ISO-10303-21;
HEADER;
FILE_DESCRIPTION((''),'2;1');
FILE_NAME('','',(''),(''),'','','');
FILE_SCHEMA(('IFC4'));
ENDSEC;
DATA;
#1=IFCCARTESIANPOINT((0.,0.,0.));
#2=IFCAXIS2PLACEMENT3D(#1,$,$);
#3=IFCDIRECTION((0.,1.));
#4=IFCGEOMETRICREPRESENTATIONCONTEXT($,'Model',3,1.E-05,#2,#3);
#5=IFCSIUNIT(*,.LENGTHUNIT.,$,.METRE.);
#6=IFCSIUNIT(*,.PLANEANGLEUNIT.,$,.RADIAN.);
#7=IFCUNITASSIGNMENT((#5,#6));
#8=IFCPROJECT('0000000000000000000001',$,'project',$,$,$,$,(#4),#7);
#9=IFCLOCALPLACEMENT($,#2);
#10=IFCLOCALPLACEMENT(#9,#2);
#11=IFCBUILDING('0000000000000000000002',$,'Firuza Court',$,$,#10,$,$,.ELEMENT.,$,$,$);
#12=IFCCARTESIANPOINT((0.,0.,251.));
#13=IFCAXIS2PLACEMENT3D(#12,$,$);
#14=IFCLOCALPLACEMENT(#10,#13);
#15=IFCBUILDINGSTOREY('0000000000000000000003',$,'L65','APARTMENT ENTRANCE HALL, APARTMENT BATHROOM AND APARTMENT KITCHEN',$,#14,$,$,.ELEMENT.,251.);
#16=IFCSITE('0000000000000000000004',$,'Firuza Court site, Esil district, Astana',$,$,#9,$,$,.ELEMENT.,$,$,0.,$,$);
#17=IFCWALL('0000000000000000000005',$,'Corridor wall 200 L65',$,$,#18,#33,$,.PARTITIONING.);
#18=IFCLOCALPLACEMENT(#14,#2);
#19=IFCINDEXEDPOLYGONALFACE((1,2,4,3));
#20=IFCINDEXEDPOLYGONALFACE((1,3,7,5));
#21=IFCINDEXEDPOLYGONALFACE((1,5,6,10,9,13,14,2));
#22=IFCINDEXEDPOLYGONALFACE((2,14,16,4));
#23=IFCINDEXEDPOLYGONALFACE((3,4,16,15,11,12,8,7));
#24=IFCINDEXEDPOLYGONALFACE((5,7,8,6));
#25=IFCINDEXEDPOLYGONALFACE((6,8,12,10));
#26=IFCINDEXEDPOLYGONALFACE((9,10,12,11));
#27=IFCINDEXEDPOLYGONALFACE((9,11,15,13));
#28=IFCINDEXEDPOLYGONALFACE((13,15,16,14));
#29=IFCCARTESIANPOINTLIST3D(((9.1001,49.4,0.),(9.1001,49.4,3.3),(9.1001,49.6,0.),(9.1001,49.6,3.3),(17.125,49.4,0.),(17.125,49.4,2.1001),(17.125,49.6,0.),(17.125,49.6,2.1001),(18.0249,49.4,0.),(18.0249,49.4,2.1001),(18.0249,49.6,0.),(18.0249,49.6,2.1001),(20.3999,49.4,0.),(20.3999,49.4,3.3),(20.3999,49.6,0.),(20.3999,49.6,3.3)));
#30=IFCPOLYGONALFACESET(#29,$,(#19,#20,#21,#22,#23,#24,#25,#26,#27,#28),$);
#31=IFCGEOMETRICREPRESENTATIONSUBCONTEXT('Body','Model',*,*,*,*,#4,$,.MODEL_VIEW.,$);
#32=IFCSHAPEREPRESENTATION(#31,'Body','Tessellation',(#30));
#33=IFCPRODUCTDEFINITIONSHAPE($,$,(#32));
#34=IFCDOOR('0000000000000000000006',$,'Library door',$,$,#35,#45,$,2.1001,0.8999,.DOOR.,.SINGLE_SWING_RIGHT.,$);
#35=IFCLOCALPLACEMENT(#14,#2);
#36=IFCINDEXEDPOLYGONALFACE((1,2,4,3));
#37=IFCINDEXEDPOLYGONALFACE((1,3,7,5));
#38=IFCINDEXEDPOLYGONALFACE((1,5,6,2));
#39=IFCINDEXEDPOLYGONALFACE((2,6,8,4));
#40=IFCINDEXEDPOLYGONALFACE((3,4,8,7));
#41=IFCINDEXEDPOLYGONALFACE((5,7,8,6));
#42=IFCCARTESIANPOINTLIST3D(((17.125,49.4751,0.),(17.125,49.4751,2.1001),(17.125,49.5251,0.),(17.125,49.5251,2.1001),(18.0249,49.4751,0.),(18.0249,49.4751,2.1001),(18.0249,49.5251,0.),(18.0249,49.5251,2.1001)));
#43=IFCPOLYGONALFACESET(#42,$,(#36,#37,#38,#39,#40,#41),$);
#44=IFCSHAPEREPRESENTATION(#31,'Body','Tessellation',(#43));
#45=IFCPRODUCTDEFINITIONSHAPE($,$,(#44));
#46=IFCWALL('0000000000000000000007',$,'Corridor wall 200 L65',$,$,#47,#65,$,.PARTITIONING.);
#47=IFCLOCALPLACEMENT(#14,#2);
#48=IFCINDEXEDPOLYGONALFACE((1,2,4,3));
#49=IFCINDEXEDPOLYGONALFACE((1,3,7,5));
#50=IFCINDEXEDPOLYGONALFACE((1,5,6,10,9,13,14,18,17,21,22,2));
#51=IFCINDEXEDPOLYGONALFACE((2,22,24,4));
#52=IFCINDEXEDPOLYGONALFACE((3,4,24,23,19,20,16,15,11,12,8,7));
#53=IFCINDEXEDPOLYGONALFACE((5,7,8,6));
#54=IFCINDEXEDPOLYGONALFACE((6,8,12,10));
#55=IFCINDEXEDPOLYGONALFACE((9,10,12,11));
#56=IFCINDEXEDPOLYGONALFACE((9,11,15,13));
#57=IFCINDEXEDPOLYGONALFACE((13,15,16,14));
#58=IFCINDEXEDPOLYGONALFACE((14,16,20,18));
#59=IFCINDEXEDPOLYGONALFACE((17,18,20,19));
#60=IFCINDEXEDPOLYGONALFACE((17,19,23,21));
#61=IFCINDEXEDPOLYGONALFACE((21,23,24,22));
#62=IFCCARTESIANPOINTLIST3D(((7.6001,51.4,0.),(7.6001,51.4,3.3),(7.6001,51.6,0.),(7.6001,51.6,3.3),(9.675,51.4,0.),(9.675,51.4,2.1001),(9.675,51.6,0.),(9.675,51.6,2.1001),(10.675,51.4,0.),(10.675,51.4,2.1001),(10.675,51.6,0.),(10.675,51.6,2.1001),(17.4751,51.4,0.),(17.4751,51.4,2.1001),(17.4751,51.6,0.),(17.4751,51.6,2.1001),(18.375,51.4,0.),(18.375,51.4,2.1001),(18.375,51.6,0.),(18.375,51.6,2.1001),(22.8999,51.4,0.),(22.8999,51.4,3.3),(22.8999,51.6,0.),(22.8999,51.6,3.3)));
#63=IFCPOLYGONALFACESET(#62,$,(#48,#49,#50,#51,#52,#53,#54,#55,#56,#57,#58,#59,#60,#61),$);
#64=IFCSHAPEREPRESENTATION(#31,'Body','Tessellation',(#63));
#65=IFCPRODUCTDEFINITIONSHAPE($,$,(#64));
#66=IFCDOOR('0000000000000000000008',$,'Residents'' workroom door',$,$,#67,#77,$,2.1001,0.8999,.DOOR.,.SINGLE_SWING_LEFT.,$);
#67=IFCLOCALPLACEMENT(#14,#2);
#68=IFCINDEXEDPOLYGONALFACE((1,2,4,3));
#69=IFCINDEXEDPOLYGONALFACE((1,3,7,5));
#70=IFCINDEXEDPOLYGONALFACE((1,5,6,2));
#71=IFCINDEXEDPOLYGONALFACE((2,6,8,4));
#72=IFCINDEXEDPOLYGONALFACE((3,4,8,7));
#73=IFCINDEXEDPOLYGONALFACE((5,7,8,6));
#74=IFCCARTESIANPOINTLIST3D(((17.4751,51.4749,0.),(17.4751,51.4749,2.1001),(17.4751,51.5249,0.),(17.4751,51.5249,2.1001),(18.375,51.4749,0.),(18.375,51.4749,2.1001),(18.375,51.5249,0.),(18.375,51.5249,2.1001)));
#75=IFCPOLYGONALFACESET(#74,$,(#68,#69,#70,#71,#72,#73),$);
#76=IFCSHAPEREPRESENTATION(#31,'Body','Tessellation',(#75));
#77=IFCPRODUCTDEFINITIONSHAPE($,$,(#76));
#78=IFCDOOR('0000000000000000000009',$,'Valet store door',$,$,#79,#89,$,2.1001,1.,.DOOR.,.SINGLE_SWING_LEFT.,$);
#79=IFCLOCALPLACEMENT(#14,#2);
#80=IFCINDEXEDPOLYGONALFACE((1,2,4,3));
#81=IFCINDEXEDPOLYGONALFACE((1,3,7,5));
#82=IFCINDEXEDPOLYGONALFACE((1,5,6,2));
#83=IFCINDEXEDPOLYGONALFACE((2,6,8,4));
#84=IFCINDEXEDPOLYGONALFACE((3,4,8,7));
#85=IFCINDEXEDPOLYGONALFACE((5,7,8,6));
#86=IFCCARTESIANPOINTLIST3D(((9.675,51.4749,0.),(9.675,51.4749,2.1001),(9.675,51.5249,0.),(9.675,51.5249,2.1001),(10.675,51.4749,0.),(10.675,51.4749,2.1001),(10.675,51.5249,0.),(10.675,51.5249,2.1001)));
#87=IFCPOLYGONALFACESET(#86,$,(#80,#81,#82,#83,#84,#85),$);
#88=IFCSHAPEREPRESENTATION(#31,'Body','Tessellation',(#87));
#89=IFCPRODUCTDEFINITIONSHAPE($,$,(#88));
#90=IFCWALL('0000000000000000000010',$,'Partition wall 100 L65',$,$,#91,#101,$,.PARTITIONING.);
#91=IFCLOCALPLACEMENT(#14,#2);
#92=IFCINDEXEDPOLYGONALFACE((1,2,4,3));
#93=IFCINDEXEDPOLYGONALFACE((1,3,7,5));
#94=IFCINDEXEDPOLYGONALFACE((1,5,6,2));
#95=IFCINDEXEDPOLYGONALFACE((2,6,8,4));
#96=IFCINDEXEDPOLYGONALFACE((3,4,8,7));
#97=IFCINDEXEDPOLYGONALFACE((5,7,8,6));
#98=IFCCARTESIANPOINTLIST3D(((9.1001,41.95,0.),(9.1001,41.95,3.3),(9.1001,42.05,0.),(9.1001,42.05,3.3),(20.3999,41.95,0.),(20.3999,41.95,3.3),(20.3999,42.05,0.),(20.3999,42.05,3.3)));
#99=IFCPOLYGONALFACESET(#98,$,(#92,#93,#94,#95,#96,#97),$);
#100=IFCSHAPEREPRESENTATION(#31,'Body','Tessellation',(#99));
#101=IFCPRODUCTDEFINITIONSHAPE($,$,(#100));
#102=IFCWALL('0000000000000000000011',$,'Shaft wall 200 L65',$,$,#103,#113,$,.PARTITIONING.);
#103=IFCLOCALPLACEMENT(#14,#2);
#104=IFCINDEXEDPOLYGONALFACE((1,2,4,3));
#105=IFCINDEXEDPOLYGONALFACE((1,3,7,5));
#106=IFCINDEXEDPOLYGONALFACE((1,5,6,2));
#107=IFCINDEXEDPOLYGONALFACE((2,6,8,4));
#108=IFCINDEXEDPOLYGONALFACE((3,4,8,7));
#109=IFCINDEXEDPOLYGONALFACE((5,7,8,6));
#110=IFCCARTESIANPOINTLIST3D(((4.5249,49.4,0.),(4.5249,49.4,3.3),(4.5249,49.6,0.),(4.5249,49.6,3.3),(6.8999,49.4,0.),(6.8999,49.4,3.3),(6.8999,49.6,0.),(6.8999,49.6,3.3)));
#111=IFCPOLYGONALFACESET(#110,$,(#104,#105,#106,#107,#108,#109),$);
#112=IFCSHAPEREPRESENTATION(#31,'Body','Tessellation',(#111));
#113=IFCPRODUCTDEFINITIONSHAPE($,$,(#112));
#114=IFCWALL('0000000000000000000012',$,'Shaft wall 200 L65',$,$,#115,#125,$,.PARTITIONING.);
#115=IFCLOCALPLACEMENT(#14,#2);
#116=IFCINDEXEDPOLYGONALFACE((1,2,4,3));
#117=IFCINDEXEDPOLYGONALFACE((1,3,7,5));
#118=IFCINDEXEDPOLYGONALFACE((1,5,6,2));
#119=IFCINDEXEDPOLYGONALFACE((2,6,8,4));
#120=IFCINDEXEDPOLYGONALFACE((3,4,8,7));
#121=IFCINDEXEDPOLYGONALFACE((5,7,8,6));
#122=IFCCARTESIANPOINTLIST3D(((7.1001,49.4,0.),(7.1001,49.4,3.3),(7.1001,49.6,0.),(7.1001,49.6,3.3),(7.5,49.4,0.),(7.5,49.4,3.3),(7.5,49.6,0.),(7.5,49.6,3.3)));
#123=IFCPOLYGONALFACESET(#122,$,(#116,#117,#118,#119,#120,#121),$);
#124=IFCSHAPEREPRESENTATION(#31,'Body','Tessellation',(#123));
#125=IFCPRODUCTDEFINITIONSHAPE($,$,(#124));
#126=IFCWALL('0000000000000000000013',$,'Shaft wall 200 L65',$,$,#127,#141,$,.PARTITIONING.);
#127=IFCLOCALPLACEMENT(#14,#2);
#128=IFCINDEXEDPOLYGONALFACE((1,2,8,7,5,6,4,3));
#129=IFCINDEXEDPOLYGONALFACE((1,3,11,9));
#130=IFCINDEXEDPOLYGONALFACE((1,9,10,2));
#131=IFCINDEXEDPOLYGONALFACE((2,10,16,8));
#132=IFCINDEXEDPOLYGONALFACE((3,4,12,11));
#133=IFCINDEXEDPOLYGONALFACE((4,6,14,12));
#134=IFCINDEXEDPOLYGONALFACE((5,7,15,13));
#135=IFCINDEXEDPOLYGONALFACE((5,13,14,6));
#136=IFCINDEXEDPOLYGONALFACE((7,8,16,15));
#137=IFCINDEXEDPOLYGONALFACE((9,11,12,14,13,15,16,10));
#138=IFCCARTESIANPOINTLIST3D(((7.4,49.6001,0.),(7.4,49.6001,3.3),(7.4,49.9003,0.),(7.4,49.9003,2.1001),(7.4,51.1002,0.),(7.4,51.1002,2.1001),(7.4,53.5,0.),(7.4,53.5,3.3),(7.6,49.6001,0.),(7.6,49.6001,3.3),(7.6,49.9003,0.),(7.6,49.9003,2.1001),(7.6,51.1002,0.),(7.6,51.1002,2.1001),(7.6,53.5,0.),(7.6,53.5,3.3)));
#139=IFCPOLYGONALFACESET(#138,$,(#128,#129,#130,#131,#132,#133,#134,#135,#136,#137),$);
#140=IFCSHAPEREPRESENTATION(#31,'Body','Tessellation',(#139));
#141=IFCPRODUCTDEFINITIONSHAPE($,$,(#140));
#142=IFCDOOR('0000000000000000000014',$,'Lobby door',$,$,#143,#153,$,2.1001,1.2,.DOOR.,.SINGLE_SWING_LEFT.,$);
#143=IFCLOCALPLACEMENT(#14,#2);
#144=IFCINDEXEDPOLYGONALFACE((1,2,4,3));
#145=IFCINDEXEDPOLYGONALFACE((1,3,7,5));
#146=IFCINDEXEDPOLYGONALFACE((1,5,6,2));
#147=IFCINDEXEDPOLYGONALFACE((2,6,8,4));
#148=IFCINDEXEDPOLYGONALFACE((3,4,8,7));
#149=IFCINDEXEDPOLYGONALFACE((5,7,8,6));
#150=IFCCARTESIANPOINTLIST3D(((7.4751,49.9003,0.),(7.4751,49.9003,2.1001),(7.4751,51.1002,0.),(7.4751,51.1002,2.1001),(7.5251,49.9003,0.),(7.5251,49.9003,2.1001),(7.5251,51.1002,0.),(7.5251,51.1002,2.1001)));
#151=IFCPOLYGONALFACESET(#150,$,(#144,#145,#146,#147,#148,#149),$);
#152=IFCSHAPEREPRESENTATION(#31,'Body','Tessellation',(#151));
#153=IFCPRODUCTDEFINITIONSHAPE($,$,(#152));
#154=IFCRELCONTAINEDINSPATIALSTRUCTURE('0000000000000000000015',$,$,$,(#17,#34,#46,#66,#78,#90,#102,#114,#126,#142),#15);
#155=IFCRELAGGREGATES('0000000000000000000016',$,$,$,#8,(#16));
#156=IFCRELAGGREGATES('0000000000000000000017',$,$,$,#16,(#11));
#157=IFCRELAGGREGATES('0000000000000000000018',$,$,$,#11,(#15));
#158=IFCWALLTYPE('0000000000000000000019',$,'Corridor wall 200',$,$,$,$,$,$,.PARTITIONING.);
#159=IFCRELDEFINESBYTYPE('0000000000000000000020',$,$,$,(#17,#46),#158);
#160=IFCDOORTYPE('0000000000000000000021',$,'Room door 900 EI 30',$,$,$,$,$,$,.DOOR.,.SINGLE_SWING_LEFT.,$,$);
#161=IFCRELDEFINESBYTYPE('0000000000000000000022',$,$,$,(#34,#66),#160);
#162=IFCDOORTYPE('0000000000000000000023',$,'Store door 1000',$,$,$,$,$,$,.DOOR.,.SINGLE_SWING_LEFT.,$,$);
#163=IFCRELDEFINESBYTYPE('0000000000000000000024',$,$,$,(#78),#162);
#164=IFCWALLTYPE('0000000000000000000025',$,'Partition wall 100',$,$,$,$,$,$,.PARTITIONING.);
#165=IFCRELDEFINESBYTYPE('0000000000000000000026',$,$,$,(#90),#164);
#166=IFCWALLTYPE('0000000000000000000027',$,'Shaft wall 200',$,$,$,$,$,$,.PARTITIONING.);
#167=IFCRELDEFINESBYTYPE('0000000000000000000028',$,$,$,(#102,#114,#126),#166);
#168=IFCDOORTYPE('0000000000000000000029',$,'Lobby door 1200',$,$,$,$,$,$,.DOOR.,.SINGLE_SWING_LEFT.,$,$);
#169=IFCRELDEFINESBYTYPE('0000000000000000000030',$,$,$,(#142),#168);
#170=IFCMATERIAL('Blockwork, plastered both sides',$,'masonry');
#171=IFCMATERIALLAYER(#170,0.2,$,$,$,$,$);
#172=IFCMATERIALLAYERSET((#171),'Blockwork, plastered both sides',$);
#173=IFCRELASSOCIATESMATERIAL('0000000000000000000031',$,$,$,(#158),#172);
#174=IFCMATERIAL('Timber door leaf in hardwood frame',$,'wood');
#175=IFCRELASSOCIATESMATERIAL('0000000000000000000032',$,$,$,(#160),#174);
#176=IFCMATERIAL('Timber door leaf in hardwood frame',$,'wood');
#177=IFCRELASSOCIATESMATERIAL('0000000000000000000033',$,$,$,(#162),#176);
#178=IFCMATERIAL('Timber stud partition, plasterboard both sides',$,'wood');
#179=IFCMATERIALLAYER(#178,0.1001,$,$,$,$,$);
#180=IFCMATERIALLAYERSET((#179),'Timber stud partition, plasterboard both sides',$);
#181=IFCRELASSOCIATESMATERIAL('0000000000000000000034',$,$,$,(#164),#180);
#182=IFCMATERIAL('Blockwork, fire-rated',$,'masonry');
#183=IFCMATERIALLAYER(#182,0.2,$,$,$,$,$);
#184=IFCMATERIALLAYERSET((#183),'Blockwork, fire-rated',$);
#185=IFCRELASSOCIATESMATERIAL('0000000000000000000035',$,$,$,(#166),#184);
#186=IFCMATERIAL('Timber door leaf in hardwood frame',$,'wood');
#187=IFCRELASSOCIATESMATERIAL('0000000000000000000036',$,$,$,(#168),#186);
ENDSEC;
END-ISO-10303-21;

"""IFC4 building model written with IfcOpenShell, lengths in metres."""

from ifc_helpers import new_model, si_unit, direction, frame, frame_2d, origin, place, context, subcontext, project, spatial, rectangle, extrude, material, layer, layer_set, type_object, element, fill, save


model = new_model("IFC4")

# Units and contexts
model_context = context("Model", 3, precision=1e-05, world=origin(), true_north=direction((0.0, 1.0)))
body_context = subcontext(model_context, "Body", "Model", "MODEL_VIEW")
ifc_project = project(units=[si_unit("LENGTHUNIT", "METRE"), si_unit("PLANEANGLEUNIT", "RADIAN")], contexts=[model_context])

# Site, building, storey
site_placement = place(None, origin())
site = spatial("IfcSite", under=ifc_project, at=site_placement, Name="Firuza Court site, Esil district, Astana", CompositionType="ELEMENT", RefElevation=0.0)
building_placement = place(site_placement, origin())
building = spatial("IfcBuilding", under=site, at=building_placement, Name="Firuza Court", CompositionType="ELEMENT")
storey_placement = place(building_placement, frame((0.0, 0.0, 251.0)))
storey = spatial("IfcBuildingStorey", under=building, at=storey_placement, Name="L65", Description="APARTMENT ENTRANCE HALL, APARTMENT BATHROOM AND APARTMENT KITCHEN", CompositionType="ELEMENT", Elevation=251.0)

# Wall, opening, door
ifc_material_1 = material(Name="Blockwork, plastered both sides", Category="masonry")
ifc_layer_1 = layer(ifc_material_1, 0.2)
ifc_layer_set_1 = layer_set([ifc_layer_1], Name="Blockwork, plastered both sides")
wall_type_1 = type_object("IfcWallType", Name="Corridor wall 200", PredefinedType="PARTITIONING", material=ifc_layer_set_1)
wall_1_placement = place(storey_placement, frame((9.1001, 49.5, 0.0), z_axis=(0.0, 0.0, 1.0), x_axis=(1.0, 0.0, 0.0)))
wall_1 = element("IfcWall", 1, at=wall_1_placement, inside=storey, type_object=wall_type_1, Name="Corridor wall 200 L65", PredefinedType="PARTITIONING", context=body_context, shape_type="SweptSolid", body=[
    extrude(rectangle(XDim=11.2998, YDim=0.2, at=frame_2d((5.6499, 0.0))), origin(), (0.0, 0.0, 1.0), 3.3),
])
opening_1_placement = place(wall_1_placement, frame((8.0249, 0.0, 0.0)))
opening_1 = element("IfcOpeningElement", 2, at=opening_1_placement, cuts=wall_1, PredefinedType="OPENING", context=body_context, shape_type="SweptSolid", body=[
    extrude(rectangle(XDim=0.8999, YDim=2.1001, at=frame_2d((0.45, 1.05))), frame((0.0, 0.1118, 0.0), z_axis=(0.0, -1.0, 0.0), x_axis=(1.0, 0.0, 0.0)), (0.0, 0.0, 1.0), 0.2239),
])
ifc_material_2 = material(Name="Timber door leaf in hardwood frame", Category="wood")
door_type_1 = type_object("IfcDoorType", Name="Room door 900 EI 30", OperationType="SINGLE_SWING_LEFT", PredefinedType="DOOR", material=ifc_material_2)
door_1_placement = place(opening_1_placement, frame((0.8999, 0.0, 0.0), z_axis=(0.0, 0.0, 1.0), x_axis=(-1.0, 0.0, 0.0)))
door_1 = element("IfcDoor", 3, at=door_1_placement, inside=storey, type_object=door_type_1, Name="Library door", OperationType="SINGLE_SWING_RIGHT", OverallHeight=2.1001, OverallWidth=0.8999, PredefinedType="DOOR", context=body_context, shape_type="SweptSolid", body=[
    extrude(rectangle(XDim=0.8999, YDim=2.1001, at=frame_2d((0.45, 1.05))), frame((0.0, 0.0249, 0.0), z_axis=(0.0, -1.0, 0.0), x_axis=(1.0, 0.0, 0.0)), (0.0, 0.0, 1.0), 0.05),
])
fill(opening_1, door_1)

# Wall, openings, doors
wall_2_placement = place(storey_placement, frame((7.6001, 51.5, 0.0), z_axis=(0.0, 0.0, 1.0), x_axis=(1.0, 0.0, 0.0)))
wall_2 = element("IfcWall", 4, at=wall_2_placement, inside=storey, type_object=wall_type_1, Name="Corridor wall 200 L65", PredefinedType="PARTITIONING", context=body_context, shape_type="SweptSolid", body=[
    extrude(rectangle(XDim=15.2998, YDim=0.2, at=frame_2d((7.6499, 0.0))), origin(), (0.0, 0.0, 1.0), 3.3),
])
opening_2_placement = place(wall_2_placement, frame((2.075, 0.0, 0.0)))
opening_2 = element("IfcOpeningElement", 5, at=opening_2_placement, cuts=wall_2, PredefinedType="OPENING", context=body_context, shape_type="SweptSolid", body=[
    extrude(rectangle(XDim=1.0, YDim=2.1001, at=frame_2d((0.5, 1.05))), frame((0.0, 0.1118, 0.0), z_axis=(0.0, -1.0, 0.0), x_axis=(1.0, 0.0, 0.0)), (0.0, 0.0, 1.0), 0.2239),
])
opening_3_placement = place(wall_2_placement, frame((9.875, 0.0, 0.0)))
opening_3 = element("IfcOpeningElement", 6, at=opening_3_placement, cuts=wall_2, PredefinedType="OPENING", context=body_context, shape_type="SweptSolid", body=[
    extrude(rectangle(XDim=0.8999, YDim=2.1001, at=frame_2d((0.45, 1.05))), frame((0.0, 0.1118, 0.0), z_axis=(0.0, -1.0, 0.0), x_axis=(1.0, 0.0, 0.0)), (0.0, 0.0, 1.0), 0.2239),
])
door_2_placement = place(opening_3_placement, origin())
door_2 = element("IfcDoor", 7, at=door_2_placement, inside=storey, type_object=door_type_1, Name="Residents' workroom door", OperationType="SINGLE_SWING_LEFT", OverallHeight=2.1001, OverallWidth=0.8999, PredefinedType="DOOR", context=body_context, shape_type="SweptSolid", body=[
    extrude(rectangle(XDim=0.8999, YDim=2.1001, at=frame_2d((0.45, 1.05))), frame((0.0, 0.0249, 0.0), z_axis=(0.0, -1.0, 0.0), x_axis=(1.0, 0.0, 0.0)), (0.0, 0.0, 1.0), 0.05),
])
fill(opening_3, door_2)
ifc_material_3 = material(Name="Timber door leaf in hardwood frame", Category="wood")
door_type_2 = type_object("IfcDoorType", Name="Store door 1000", OperationType="SINGLE_SWING_LEFT", PredefinedType="DOOR", material=ifc_material_3)
door_3_placement = place(opening_2_placement, origin())
door_3 = element("IfcDoor", 8, at=door_3_placement, inside=storey, type_object=door_type_2, Name="Valet store door", OperationType="SINGLE_SWING_LEFT", OverallHeight=2.1001, OverallWidth=1.0, PredefinedType="DOOR", context=body_context, shape_type="SweptSolid", body=[
    extrude(rectangle(XDim=1.0, YDim=2.1001, at=frame_2d((0.5, 1.05))), frame((0.0, 0.0249, 0.0), z_axis=(0.0, -1.0, 0.0), x_axis=(1.0, 0.0, 0.0)), (0.0, 0.0, 1.0), 0.05),
])
fill(opening_2, door_3)

# Walls
ifc_material_4 = material(Name="Timber stud partition, plasterboard both sides", Category="wood")
ifc_layer_2 = layer(ifc_material_4, 0.1001)
ifc_layer_set_2 = layer_set([ifc_layer_2], Name="Timber stud partition, plasterboard both sides")
wall_type_2 = type_object("IfcWallType", Name="Partition wall 100", PredefinedType="PARTITIONING", material=ifc_layer_set_2)
wall_3_placement = place(storey_placement, frame((9.1001, 42.0, 0.0), z_axis=(0.0, 0.0, 1.0), x_axis=(1.0, 0.0, 0.0)))
element("IfcWall", 9, at=wall_3_placement, inside=storey, type_object=wall_type_2, Name="Partition wall 100 L65", PredefinedType="PARTITIONING", context=body_context, shape_type="SweptSolid", body=[
    extrude(rectangle(XDim=11.2998, YDim=0.1001, at=frame_2d((5.6499, 0.0))), origin(), (0.0, 0.0, 1.0), 3.3),
])
ifc_material_5 = material(Name="Blockwork, fire-rated", Category="masonry")
ifc_layer_3 = layer(ifc_material_5, 0.2)
ifc_layer_set_3 = layer_set([ifc_layer_3], Name="Blockwork, fire-rated")
wall_type_3 = type_object("IfcWallType", Name="Shaft wall 200", PredefinedType="PARTITIONING", material=ifc_layer_set_3)
wall_4_placement = place(storey_placement, frame((4.5249, 49.5, 0.0), z_axis=(0.0, 0.0, 1.0), x_axis=(1.0, 0.0, 0.0)))
element("IfcWall", 10, at=wall_4_placement, inside=storey, type_object=wall_type_3, Name="Shaft wall 200 L65", PredefinedType="PARTITIONING", context=body_context, shape_type="SweptSolid", body=[
    extrude(rectangle(XDim=2.375, YDim=0.2, at=frame_2d((1.1875, 0.0))), origin(), (0.0, 0.0, 1.0), 3.3),
])
wall_5_placement = place(storey_placement, frame((7.1001, 49.5, 0.0), z_axis=(0.0, 0.0, 1.0), x_axis=(1.0, 0.0, 0.0)))
element("IfcWall", 11, at=wall_5_placement, inside=storey, type_object=wall_type_3, Name="Shaft wall 200 L65", PredefinedType="PARTITIONING", context=body_context, shape_type="SweptSolid", body=[
    extrude(rectangle(XDim=0.3999, YDim=0.2, at=frame_2d((0.2, 0.0))), origin(), (0.0, 0.0, 1.0), 3.3),
])

# Wall, opening, door
wall_6_placement = place(storey_placement, frame((7.5, 49.6001, 0.0), z_axis=(0.0, 0.0, 1.0), x_axis=(0.0, 1.0, 0.0)))
wall_6 = element("IfcWall", 12, at=wall_6_placement, inside=storey, type_object=wall_type_3, Name="Shaft wall 200 L65", PredefinedType="PARTITIONING", context=body_context, shape_type="SweptSolid", body=[
    extrude(rectangle(XDim=3.8999, YDim=0.2, at=frame_2d((1.95, 0.0))), origin(), (0.0, 0.0, 1.0), 3.3),
])
opening_4_placement = place(wall_6_placement, frame((0.3, 0.0, 0.0)))
opening_4 = element("IfcOpeningElement", 13, at=opening_4_placement, cuts=wall_6, PredefinedType="OPENING", context=body_context, shape_type="SweptSolid", body=[
    extrude(rectangle(XDim=1.2, YDim=2.1001, at=frame_2d((0.6001, 1.05))), frame((0.0, 0.1118, 0.0), z_axis=(0.0, -1.0, 0.0), x_axis=(1.0, 0.0, 0.0)), (0.0, 0.0, 1.0), 0.2239),
])
ifc_material_6 = material(Name="Timber door leaf in hardwood frame", Category="wood")
door_type_3 = type_object("IfcDoorType", Name="Lobby door 1200", OperationType="SINGLE_SWING_LEFT", PredefinedType="DOOR", material=ifc_material_6)
door_4_placement = place(opening_4_placement, origin())
door_4 = element("IfcDoor", 14, at=door_4_placement, inside=storey, type_object=door_type_3, Name="Lobby door", OperationType="SINGLE_SWING_LEFT", OverallHeight=2.1001, OverallWidth=1.2, PredefinedType="DOOR", context=body_context, shape_type="SweptSolid", body=[
    extrude(rectangle(XDim=1.2, YDim=2.1001, at=frame_2d((0.6001, 1.05))), frame((0.0, 0.0249, 0.0), z_axis=(0.0, -1.0, 0.0), x_axis=(1.0, 0.0, 0.0)), (0.0, 0.0, 1.0), 0.05),
])
fill(opening_4, door_4)

save(model, "model.ifc")
